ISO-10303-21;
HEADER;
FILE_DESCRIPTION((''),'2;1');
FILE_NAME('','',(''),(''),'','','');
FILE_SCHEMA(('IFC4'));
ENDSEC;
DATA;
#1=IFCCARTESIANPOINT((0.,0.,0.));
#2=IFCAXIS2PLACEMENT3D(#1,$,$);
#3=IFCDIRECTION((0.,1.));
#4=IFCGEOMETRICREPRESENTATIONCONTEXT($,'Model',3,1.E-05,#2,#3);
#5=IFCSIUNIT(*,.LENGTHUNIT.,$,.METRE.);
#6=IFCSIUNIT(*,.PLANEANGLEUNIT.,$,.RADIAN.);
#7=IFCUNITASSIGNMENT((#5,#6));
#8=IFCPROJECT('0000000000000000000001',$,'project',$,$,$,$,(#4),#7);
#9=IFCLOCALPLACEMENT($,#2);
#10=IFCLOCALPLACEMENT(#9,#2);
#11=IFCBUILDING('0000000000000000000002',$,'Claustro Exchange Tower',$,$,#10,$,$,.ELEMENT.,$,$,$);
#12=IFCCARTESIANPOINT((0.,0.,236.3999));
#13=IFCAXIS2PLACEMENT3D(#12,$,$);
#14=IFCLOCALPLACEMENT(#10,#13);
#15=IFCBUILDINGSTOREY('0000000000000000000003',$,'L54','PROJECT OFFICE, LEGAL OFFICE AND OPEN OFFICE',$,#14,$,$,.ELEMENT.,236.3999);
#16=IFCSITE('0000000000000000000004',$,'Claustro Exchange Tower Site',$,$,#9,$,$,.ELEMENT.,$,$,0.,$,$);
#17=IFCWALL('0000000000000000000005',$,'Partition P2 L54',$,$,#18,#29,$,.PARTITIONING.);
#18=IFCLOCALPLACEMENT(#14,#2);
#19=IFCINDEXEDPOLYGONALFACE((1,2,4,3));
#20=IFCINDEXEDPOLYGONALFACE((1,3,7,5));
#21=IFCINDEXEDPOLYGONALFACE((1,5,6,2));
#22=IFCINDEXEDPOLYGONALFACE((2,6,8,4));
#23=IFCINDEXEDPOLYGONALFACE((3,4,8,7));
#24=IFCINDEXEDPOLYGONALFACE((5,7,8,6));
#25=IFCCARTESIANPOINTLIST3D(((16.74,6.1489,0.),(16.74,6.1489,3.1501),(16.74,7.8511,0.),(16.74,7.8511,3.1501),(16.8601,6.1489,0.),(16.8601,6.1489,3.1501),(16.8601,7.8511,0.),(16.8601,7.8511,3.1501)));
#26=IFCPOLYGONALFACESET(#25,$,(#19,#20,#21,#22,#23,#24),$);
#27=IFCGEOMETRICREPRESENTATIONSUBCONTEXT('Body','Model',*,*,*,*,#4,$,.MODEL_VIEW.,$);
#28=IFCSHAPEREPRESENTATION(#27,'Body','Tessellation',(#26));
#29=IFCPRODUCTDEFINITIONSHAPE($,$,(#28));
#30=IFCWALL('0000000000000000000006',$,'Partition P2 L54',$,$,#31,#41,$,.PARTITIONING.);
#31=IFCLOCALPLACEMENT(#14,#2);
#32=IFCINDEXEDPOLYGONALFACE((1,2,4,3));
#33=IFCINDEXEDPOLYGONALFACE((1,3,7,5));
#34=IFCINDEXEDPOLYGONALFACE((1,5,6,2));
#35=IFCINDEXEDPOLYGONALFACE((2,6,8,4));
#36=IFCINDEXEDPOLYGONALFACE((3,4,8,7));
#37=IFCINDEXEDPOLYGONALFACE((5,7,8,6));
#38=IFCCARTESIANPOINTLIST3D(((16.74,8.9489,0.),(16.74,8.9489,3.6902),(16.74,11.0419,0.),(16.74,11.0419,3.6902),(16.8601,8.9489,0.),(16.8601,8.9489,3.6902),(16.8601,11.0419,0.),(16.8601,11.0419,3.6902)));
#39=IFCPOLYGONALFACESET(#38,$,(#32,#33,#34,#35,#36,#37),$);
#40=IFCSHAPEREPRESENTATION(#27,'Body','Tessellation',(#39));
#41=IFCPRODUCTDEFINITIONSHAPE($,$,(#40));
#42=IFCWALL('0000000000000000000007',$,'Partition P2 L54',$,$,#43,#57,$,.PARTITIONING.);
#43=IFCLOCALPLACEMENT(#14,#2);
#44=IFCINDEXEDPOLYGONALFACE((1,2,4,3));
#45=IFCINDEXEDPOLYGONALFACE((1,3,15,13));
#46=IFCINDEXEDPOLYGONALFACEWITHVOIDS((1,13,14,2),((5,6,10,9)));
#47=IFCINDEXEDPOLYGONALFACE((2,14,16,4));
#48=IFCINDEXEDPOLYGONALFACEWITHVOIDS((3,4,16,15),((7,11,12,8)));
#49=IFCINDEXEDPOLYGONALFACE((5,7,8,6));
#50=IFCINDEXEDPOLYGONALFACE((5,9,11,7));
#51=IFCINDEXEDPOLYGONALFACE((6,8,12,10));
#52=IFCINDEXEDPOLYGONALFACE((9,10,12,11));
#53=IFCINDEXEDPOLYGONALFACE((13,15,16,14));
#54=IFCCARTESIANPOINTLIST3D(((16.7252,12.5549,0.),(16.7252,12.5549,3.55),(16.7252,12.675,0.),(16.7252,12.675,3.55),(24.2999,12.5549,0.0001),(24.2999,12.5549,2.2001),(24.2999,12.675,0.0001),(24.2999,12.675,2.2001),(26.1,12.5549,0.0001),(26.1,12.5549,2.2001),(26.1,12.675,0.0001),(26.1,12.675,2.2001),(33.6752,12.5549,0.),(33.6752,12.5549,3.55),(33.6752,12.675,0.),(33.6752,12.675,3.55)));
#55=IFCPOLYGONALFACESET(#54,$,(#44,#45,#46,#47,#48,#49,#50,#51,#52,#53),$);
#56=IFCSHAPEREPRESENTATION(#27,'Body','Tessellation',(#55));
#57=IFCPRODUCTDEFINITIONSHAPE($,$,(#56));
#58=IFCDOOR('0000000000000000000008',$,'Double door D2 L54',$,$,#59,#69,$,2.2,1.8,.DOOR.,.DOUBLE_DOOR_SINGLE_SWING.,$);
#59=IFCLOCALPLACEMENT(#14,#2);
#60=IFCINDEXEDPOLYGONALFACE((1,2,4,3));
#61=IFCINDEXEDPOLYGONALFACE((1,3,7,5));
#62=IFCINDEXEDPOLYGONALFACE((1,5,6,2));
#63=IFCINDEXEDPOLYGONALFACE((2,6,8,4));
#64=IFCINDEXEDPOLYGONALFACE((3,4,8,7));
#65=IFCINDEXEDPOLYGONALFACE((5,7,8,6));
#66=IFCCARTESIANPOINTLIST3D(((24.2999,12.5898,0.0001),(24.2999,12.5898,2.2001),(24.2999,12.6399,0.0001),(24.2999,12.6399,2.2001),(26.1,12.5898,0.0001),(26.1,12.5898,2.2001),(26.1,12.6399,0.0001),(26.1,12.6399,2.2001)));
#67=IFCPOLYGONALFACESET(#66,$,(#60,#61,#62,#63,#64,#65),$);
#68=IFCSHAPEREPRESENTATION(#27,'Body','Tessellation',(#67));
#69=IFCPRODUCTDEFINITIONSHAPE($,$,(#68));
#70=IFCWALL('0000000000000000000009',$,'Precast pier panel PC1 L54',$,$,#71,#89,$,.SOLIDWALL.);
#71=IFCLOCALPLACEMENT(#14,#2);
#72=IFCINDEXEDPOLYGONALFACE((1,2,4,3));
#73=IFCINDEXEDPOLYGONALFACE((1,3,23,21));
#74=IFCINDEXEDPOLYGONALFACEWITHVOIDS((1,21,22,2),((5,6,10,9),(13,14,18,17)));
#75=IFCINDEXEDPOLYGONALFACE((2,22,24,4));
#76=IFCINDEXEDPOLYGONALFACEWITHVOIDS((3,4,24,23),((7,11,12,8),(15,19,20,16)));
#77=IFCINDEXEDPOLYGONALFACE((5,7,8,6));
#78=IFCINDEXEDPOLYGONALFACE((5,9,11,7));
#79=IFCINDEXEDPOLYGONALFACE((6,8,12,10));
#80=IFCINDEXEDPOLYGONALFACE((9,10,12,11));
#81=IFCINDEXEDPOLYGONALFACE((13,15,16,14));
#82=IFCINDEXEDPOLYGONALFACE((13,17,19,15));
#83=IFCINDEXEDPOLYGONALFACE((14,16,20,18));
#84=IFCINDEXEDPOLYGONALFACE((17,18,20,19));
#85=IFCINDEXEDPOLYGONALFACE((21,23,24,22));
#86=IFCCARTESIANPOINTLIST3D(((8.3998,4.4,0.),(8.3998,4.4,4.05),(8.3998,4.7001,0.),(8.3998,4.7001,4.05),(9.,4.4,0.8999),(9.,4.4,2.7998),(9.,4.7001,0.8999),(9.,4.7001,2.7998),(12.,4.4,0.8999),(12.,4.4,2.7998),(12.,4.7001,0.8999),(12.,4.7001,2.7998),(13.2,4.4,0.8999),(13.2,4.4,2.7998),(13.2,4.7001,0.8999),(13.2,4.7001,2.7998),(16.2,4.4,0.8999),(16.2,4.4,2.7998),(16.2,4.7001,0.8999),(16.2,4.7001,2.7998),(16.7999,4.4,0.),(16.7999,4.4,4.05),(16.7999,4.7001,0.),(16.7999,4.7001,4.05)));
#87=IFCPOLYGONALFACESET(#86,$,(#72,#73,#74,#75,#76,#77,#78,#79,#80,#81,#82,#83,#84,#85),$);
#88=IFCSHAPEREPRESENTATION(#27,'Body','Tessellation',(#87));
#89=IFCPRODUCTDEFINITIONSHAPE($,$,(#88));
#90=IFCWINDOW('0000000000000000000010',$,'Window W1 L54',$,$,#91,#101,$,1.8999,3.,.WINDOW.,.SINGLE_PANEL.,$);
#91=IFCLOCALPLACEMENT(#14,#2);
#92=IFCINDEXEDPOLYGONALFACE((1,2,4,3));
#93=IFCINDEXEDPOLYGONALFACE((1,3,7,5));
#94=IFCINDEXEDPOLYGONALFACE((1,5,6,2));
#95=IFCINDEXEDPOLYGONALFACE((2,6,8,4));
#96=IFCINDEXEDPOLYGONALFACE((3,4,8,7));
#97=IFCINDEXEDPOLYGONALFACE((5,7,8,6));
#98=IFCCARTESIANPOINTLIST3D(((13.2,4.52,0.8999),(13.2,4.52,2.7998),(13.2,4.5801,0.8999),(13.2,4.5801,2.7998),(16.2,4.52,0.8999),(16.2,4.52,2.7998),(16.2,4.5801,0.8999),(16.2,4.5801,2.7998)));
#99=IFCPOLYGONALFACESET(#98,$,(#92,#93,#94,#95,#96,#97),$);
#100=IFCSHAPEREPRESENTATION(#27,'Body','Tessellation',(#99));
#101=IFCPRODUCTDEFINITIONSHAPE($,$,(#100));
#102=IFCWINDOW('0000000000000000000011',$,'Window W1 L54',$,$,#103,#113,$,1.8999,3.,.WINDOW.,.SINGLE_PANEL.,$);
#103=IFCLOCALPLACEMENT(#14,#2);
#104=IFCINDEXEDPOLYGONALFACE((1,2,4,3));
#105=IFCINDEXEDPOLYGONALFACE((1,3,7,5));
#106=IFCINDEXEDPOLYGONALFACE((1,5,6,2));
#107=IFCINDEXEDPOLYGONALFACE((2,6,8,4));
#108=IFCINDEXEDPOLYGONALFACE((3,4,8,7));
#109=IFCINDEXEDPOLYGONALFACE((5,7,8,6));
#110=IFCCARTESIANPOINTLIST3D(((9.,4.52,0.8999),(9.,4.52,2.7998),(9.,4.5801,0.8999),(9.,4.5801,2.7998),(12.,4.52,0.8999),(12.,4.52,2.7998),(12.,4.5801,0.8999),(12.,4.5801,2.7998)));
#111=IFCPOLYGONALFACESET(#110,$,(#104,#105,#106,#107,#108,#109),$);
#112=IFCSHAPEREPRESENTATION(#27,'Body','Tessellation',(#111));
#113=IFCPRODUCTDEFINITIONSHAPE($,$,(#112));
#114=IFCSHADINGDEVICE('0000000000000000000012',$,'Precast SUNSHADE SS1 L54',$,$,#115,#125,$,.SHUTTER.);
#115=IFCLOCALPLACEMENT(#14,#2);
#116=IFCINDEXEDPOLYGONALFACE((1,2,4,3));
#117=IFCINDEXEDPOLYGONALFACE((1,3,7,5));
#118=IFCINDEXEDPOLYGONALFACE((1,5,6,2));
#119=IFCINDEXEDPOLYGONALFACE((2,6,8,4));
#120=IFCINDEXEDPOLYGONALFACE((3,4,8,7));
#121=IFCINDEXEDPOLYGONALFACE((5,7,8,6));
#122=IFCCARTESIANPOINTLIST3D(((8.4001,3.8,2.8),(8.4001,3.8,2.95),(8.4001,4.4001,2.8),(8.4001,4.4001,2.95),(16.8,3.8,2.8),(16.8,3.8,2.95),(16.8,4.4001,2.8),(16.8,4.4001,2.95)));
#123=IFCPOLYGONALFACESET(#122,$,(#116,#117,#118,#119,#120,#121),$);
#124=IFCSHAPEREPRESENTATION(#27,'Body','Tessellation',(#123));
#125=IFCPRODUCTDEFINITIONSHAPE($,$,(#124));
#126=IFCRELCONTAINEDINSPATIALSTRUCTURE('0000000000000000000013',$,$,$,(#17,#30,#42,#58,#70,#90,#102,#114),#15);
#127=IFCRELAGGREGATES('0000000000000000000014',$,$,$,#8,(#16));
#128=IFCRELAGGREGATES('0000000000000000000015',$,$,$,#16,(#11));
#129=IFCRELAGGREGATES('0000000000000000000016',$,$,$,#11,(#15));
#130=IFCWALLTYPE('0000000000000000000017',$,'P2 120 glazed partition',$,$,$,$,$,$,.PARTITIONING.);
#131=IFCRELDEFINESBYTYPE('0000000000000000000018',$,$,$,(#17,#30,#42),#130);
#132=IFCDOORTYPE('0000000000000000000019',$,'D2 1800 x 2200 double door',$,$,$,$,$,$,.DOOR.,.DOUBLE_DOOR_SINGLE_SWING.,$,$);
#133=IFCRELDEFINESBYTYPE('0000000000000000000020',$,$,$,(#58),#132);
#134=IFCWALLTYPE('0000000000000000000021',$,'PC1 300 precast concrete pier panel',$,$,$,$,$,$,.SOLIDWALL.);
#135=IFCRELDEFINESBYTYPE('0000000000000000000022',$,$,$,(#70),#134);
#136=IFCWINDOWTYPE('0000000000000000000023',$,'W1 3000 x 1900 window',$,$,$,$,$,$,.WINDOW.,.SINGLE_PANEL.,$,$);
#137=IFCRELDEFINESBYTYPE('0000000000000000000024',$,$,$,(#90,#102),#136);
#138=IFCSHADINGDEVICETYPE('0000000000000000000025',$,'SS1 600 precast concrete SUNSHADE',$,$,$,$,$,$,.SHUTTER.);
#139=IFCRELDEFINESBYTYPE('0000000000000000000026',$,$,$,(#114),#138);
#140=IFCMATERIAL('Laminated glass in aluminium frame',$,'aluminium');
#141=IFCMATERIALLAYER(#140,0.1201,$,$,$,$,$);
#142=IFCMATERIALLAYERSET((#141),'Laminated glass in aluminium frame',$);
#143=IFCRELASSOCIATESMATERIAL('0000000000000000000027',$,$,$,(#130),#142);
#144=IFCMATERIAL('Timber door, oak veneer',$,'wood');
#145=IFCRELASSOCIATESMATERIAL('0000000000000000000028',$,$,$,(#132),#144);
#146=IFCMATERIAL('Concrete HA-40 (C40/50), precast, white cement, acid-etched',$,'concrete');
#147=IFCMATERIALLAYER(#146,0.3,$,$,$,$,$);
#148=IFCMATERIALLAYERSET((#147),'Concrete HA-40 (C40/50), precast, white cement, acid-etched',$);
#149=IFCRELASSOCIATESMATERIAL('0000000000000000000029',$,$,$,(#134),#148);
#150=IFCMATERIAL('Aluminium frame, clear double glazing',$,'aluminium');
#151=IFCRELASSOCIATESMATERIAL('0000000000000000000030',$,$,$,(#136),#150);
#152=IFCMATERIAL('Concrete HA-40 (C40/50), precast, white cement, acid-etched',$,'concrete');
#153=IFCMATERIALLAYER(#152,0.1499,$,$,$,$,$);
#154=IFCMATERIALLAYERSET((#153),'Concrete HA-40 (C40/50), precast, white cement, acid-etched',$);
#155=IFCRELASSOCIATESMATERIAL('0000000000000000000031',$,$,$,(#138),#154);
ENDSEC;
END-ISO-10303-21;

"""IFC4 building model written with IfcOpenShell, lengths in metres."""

from ifc_helpers import new_model, si_unit, direction, frame, frame_2d, origin, origin_2d, place, context, subcontext, project, spatial, rectangle, extrude, material, layer, layer_set, type_object, element, fill, save


model = new_model("IFC4")

# Units and contexts
model_context = context("Model", 3, precision=1e-05, world=origin(), true_north=direction((0.0, 1.0)))
body_context = subcontext(model_context, "Body", "Model", "MODEL_VIEW")
ifc_project = project(units=[si_unit("LENGTHUNIT", "METRE"), si_unit("PLANEANGLEUNIT", "RADIAN")], contexts=[model_context])

# Site, building, storey
site_placement = place(None, origin())
site = spatial("IfcSite", under=ifc_project, at=site_placement, Name="Claustro Exchange Tower Site", CompositionType="ELEMENT", RefElevation=0.0)
building_placement = place(site_placement, origin())
building = spatial("IfcBuilding", under=site, at=building_placement, Name="Claustro Exchange Tower", CompositionType="ELEMENT")
storey_placement = place(building_placement, frame((0.0, 0.0, 236.3999)))
storey = spatial("IfcBuildingStorey", under=building, at=storey_placement, Name="L54", Description="PROJECT OFFICE, LEGAL OFFICE AND OPEN OFFICE", CompositionType="ELEMENT", Elevation=236.3999)

# Shared definitions
ifc_material_1 = material(Name="Laminated glass in aluminium frame", Category="aluminium")
ifc_layer_1 = layer(ifc_material_1, 0.1201)
ifc_layer_set_1 = layer_set([ifc_layer_1], Name="Laminated glass in aluminium frame")
wall_type_1 = type_object("IfcWallType", Name="P2 120 glazed partition", PredefinedType="PARTITIONING", material=ifc_layer_set_1)
ifc_material_2 = material(Name="Timber door, oak veneer", Category="wood")
door_type_1 = type_object("IfcDoorType", Name="D2 1800 x 2200 double door", OperationType="DOUBLE_DOOR_SINGLE_SWING", PredefinedType="DOOR", material=ifc_material_2)

# Walls
wall_1_placement = place(storey_placement, frame((16.8, 6.1489, 0.0), z_axis=(0.0, 0.0, 1.0), x_axis=(0.0, 1.0, 0.0)))
element("IfcWall", 1, at=wall_1_placement, inside=storey, type_object=wall_type_1, Name="Partition P2 L54", PredefinedType="PARTITIONING", context=body_context, shape_type="SweptSolid", body=[
    extrude(rectangle(XDim=1.7021, YDim=0.1201, at=frame_2d((0.8511, 0.0))), origin(), (0.0, 0.0, 1.0), 3.1501),
])
wall_2_placement = place(storey_placement, frame((16.8, 8.949, 0.0), z_axis=(0.0, 0.0, 1.0), x_axis=(0.0, 1.0, 0.0)))
element("IfcWall", 2, at=wall_2_placement, inside=storey, type_object=wall_type_1, Name="Partition P2 L54", PredefinedType="PARTITIONING", context=body_context, shape_type="SweptSolid", body=[
    extrude(rectangle(XDim=2.093, YDim=0.1201, at=frame_2d((1.0464, 0.0))), origin(), (0.0, 0.0, 1.0), 3.6902),
])

# Wall, opening, door
wall_3_placement = place(storey_placement, frame((16.7251, 12.615, 0.0), z_axis=(0.0, 0.0, 1.0), x_axis=(1.0, 0.0, 0.0)))
wall_3 = element("IfcWall", 3, at=wall_3_placement, inside=storey, type_object=wall_type_1, Name="Partition P2 L54", PredefinedType="PARTITIONING", context=body_context, shape_type="SweptSolid", body=[
    extrude(rectangle(XDim=16.95, YDim=0.1201, at=frame_2d((8.4751, 0.0))), origin(), (0.0, 0.0, 1.0), 3.55),
])
opening_1_placement = place(wall_3_placement, frame((7.575, 0.0, 0.0)))
opening_1 = element("IfcOpeningElement", 4, at=opening_1_placement, cuts=wall_3, PredefinedType="OPENING", context=body_context, shape_type="SweptSolid", body=[
    extrude(rectangle(XDim=1.8, YDim=2.2, at=frame_2d((0.8999, 1.1001))), frame((0.0, 0.0701, 0.0), z_axis=(0.0, -1.0, 0.0), x_axis=(1.0, 0.0, 0.0)), (0.0, 0.0, 1.0), 0.1401),
])
door_1_placement = place(opening_1_placement, origin())
door_1 = element("IfcDoor", 5, at=door_1_placement, inside=storey, type_object=door_type_1, Name="Double door D2 L54", OperationType="DOUBLE_DOOR_SINGLE_SWING", OverallHeight=2.2, OverallWidth=1.8, PredefinedType="DOOR", context=body_context, shape_type="SweptSolid", body=[
    extrude(rectangle(XDim=1.8, YDim=2.2, at=frame_2d((0.8999, 1.1001))), frame((0.0, 0.0249, 0.0), z_axis=(0.0, -1.0, 0.0), x_axis=(1.0, 0.0, 0.0)), (0.0, 0.0, 1.0), 0.05),
])
fill(opening_1, door_1)

# Wall, openings, windows
ifc_material_3 = material(Name="Concrete HA-40 (C40/50), precast, white cement, acid-etched", Category="concrete")
ifc_layer_2 = layer(ifc_material_3, 0.3)
ifc_layer_set_2 = layer_set([ifc_layer_2], Name="Concrete HA-40 (C40/50), precast, white cement, acid-etched")
wall_type_2 = type_object("IfcWallType", Name="PC1 300 precast concrete pier panel", PredefinedType="SOLIDWALL", material=ifc_layer_set_2)
wall_4_placement = place(storey_placement, frame((16.8, 4.55, 0.0), z_axis=(0.0, 0.0, 1.0), x_axis=(-1.0, 0.0, 0.0)))
wall_4 = element("IfcWall", 6, at=wall_4_placement, inside=storey, type_object=wall_type_2, Name="Precast pier panel PC1 L54", PredefinedType="SOLIDWALL", context=body_context, shape_type="SweptSolid", body=[
    extrude(rectangle(XDim=8.4001, YDim=0.3, at=frame_2d((4.2002, 0.0))), origin(), (0.0, 0.0, 1.0), 4.05),
])
opening_2_placement = place(wall_4_placement, frame((0.6001, 0.0, 0.8999)))
opening_2 = element("IfcOpeningElement", 7, at=opening_2_placement, cuts=wall_4, PredefinedType="OPENING", context=body_context, shape_type="SweptSolid", body=[
    extrude(rectangle(XDim=3.0, YDim=1.8999, at=frame_2d((1.5, 0.95))), frame((0.0, 0.1599, 0.0), z_axis=(0.0, -1.0, 0.0), x_axis=(1.0, 0.0, 0.0)), (0.0, 0.0, 1.0), 0.3201),
])
opening_3_placement = place(wall_4_placement, frame((4.8, 0.0, 0.8999)))
opening_3 = element("IfcOpeningElement", 8, at=opening_3_placement, cuts=wall_4, PredefinedType="OPENING", context=body_context, shape_type="SweptSolid", body=[
    extrude(rectangle(XDim=3.0, YDim=1.8999, at=frame_2d((1.5, 0.95))), frame((0.0, 0.1599, 0.0), z_axis=(0.0, -1.0, 0.0), x_axis=(1.0, 0.0, 0.0)), (0.0, 0.0, 1.0), 0.3201),
])
ifc_material_4 = material(Name="Aluminium frame, clear double glazing", Category="aluminium")
window_type = type_object("IfcWindowType", Name="W1 3000 x 1900 window", PartitioningType="SINGLE_PANEL", PredefinedType="WINDOW", material=ifc_material_4)
window_1_placement = place(opening_2_placement, origin())
window_1 = element("IfcWindow", 9, at=window_1_placement, inside=storey, type_object=window_type, Name="Window W1 L54", OverallHeight=1.8999, OverallWidth=3.0, PartitioningType="SINGLE_PANEL", PredefinedType="WINDOW", context=body_context, shape_type="SweptSolid", body=[
    extrude(rectangle(XDim=3.0, YDim=1.8999, at=frame_2d((1.5, 0.95))), frame((0.0, 0.03, 0.0), z_axis=(0.0, -1.0, 0.0), x_axis=(1.0, 0.0, 0.0)), (0.0, 0.0, 1.0), 0.0601),
])
fill(opening_2, window_1)
window_2_placement = place(opening_3_placement, origin())
window_2 = element("IfcWindow", 10, at=window_2_placement, inside=storey, type_object=window_type, Name="Window W1 L54", OverallHeight=1.8999, OverallWidth=3.0, PartitioningType="SINGLE_PANEL", PredefinedType="WINDOW", context=body_context, shape_type="SweptSolid", body=[
    extrude(rectangle(XDim=3.0, YDim=1.8999, at=frame_2d((1.5, 0.95))), frame((0.0, 0.03, 0.0), z_axis=(0.0, -1.0, 0.0), x_axis=(1.0, 0.0, 0.0)), (0.0, 0.0, 1.0), 0.0601),
])
fill(opening_3, window_2)

# Shading device
ifc_material_5 = material(Name="Concrete HA-40 (C40/50), precast, white cement, acid-etched", Category="concrete")
ifc_layer_3 = layer(ifc_material_5, 0.1499)
ifc_layer_set_3 = layer_set([ifc_layer_3], Name="Concrete HA-40 (C40/50), precast, white cement, acid-etched")
shading_device_type = type_object("IfcShadingDeviceType", Name="SS1 600 precast concrete SUNSHADE", PredefinedType="SHUTTER", material=ifc_layer_set_3)
shading_device_placement = place(storey_placement, frame((12.6001, 4.1001, 2.8), z_axis=(0.0, 0.0, 1.0), x_axis=(-1.0, 0.0, 0.0)))
element("IfcShadingDevice", 11, at=shading_device_placement, inside=storey, type_object=shading_device_type, Name="Precast SUNSHADE SS1 L54", PredefinedType="SHUTTER", context=body_context, shape_type="SweptSolid", body=[
    extrude(rectangle(XDim=8.3999, YDim=0.6001, at=origin_2d()), origin(), (0.0, 0.0, 1.0), 0.1499),
])

save(model, "model.ifc")
